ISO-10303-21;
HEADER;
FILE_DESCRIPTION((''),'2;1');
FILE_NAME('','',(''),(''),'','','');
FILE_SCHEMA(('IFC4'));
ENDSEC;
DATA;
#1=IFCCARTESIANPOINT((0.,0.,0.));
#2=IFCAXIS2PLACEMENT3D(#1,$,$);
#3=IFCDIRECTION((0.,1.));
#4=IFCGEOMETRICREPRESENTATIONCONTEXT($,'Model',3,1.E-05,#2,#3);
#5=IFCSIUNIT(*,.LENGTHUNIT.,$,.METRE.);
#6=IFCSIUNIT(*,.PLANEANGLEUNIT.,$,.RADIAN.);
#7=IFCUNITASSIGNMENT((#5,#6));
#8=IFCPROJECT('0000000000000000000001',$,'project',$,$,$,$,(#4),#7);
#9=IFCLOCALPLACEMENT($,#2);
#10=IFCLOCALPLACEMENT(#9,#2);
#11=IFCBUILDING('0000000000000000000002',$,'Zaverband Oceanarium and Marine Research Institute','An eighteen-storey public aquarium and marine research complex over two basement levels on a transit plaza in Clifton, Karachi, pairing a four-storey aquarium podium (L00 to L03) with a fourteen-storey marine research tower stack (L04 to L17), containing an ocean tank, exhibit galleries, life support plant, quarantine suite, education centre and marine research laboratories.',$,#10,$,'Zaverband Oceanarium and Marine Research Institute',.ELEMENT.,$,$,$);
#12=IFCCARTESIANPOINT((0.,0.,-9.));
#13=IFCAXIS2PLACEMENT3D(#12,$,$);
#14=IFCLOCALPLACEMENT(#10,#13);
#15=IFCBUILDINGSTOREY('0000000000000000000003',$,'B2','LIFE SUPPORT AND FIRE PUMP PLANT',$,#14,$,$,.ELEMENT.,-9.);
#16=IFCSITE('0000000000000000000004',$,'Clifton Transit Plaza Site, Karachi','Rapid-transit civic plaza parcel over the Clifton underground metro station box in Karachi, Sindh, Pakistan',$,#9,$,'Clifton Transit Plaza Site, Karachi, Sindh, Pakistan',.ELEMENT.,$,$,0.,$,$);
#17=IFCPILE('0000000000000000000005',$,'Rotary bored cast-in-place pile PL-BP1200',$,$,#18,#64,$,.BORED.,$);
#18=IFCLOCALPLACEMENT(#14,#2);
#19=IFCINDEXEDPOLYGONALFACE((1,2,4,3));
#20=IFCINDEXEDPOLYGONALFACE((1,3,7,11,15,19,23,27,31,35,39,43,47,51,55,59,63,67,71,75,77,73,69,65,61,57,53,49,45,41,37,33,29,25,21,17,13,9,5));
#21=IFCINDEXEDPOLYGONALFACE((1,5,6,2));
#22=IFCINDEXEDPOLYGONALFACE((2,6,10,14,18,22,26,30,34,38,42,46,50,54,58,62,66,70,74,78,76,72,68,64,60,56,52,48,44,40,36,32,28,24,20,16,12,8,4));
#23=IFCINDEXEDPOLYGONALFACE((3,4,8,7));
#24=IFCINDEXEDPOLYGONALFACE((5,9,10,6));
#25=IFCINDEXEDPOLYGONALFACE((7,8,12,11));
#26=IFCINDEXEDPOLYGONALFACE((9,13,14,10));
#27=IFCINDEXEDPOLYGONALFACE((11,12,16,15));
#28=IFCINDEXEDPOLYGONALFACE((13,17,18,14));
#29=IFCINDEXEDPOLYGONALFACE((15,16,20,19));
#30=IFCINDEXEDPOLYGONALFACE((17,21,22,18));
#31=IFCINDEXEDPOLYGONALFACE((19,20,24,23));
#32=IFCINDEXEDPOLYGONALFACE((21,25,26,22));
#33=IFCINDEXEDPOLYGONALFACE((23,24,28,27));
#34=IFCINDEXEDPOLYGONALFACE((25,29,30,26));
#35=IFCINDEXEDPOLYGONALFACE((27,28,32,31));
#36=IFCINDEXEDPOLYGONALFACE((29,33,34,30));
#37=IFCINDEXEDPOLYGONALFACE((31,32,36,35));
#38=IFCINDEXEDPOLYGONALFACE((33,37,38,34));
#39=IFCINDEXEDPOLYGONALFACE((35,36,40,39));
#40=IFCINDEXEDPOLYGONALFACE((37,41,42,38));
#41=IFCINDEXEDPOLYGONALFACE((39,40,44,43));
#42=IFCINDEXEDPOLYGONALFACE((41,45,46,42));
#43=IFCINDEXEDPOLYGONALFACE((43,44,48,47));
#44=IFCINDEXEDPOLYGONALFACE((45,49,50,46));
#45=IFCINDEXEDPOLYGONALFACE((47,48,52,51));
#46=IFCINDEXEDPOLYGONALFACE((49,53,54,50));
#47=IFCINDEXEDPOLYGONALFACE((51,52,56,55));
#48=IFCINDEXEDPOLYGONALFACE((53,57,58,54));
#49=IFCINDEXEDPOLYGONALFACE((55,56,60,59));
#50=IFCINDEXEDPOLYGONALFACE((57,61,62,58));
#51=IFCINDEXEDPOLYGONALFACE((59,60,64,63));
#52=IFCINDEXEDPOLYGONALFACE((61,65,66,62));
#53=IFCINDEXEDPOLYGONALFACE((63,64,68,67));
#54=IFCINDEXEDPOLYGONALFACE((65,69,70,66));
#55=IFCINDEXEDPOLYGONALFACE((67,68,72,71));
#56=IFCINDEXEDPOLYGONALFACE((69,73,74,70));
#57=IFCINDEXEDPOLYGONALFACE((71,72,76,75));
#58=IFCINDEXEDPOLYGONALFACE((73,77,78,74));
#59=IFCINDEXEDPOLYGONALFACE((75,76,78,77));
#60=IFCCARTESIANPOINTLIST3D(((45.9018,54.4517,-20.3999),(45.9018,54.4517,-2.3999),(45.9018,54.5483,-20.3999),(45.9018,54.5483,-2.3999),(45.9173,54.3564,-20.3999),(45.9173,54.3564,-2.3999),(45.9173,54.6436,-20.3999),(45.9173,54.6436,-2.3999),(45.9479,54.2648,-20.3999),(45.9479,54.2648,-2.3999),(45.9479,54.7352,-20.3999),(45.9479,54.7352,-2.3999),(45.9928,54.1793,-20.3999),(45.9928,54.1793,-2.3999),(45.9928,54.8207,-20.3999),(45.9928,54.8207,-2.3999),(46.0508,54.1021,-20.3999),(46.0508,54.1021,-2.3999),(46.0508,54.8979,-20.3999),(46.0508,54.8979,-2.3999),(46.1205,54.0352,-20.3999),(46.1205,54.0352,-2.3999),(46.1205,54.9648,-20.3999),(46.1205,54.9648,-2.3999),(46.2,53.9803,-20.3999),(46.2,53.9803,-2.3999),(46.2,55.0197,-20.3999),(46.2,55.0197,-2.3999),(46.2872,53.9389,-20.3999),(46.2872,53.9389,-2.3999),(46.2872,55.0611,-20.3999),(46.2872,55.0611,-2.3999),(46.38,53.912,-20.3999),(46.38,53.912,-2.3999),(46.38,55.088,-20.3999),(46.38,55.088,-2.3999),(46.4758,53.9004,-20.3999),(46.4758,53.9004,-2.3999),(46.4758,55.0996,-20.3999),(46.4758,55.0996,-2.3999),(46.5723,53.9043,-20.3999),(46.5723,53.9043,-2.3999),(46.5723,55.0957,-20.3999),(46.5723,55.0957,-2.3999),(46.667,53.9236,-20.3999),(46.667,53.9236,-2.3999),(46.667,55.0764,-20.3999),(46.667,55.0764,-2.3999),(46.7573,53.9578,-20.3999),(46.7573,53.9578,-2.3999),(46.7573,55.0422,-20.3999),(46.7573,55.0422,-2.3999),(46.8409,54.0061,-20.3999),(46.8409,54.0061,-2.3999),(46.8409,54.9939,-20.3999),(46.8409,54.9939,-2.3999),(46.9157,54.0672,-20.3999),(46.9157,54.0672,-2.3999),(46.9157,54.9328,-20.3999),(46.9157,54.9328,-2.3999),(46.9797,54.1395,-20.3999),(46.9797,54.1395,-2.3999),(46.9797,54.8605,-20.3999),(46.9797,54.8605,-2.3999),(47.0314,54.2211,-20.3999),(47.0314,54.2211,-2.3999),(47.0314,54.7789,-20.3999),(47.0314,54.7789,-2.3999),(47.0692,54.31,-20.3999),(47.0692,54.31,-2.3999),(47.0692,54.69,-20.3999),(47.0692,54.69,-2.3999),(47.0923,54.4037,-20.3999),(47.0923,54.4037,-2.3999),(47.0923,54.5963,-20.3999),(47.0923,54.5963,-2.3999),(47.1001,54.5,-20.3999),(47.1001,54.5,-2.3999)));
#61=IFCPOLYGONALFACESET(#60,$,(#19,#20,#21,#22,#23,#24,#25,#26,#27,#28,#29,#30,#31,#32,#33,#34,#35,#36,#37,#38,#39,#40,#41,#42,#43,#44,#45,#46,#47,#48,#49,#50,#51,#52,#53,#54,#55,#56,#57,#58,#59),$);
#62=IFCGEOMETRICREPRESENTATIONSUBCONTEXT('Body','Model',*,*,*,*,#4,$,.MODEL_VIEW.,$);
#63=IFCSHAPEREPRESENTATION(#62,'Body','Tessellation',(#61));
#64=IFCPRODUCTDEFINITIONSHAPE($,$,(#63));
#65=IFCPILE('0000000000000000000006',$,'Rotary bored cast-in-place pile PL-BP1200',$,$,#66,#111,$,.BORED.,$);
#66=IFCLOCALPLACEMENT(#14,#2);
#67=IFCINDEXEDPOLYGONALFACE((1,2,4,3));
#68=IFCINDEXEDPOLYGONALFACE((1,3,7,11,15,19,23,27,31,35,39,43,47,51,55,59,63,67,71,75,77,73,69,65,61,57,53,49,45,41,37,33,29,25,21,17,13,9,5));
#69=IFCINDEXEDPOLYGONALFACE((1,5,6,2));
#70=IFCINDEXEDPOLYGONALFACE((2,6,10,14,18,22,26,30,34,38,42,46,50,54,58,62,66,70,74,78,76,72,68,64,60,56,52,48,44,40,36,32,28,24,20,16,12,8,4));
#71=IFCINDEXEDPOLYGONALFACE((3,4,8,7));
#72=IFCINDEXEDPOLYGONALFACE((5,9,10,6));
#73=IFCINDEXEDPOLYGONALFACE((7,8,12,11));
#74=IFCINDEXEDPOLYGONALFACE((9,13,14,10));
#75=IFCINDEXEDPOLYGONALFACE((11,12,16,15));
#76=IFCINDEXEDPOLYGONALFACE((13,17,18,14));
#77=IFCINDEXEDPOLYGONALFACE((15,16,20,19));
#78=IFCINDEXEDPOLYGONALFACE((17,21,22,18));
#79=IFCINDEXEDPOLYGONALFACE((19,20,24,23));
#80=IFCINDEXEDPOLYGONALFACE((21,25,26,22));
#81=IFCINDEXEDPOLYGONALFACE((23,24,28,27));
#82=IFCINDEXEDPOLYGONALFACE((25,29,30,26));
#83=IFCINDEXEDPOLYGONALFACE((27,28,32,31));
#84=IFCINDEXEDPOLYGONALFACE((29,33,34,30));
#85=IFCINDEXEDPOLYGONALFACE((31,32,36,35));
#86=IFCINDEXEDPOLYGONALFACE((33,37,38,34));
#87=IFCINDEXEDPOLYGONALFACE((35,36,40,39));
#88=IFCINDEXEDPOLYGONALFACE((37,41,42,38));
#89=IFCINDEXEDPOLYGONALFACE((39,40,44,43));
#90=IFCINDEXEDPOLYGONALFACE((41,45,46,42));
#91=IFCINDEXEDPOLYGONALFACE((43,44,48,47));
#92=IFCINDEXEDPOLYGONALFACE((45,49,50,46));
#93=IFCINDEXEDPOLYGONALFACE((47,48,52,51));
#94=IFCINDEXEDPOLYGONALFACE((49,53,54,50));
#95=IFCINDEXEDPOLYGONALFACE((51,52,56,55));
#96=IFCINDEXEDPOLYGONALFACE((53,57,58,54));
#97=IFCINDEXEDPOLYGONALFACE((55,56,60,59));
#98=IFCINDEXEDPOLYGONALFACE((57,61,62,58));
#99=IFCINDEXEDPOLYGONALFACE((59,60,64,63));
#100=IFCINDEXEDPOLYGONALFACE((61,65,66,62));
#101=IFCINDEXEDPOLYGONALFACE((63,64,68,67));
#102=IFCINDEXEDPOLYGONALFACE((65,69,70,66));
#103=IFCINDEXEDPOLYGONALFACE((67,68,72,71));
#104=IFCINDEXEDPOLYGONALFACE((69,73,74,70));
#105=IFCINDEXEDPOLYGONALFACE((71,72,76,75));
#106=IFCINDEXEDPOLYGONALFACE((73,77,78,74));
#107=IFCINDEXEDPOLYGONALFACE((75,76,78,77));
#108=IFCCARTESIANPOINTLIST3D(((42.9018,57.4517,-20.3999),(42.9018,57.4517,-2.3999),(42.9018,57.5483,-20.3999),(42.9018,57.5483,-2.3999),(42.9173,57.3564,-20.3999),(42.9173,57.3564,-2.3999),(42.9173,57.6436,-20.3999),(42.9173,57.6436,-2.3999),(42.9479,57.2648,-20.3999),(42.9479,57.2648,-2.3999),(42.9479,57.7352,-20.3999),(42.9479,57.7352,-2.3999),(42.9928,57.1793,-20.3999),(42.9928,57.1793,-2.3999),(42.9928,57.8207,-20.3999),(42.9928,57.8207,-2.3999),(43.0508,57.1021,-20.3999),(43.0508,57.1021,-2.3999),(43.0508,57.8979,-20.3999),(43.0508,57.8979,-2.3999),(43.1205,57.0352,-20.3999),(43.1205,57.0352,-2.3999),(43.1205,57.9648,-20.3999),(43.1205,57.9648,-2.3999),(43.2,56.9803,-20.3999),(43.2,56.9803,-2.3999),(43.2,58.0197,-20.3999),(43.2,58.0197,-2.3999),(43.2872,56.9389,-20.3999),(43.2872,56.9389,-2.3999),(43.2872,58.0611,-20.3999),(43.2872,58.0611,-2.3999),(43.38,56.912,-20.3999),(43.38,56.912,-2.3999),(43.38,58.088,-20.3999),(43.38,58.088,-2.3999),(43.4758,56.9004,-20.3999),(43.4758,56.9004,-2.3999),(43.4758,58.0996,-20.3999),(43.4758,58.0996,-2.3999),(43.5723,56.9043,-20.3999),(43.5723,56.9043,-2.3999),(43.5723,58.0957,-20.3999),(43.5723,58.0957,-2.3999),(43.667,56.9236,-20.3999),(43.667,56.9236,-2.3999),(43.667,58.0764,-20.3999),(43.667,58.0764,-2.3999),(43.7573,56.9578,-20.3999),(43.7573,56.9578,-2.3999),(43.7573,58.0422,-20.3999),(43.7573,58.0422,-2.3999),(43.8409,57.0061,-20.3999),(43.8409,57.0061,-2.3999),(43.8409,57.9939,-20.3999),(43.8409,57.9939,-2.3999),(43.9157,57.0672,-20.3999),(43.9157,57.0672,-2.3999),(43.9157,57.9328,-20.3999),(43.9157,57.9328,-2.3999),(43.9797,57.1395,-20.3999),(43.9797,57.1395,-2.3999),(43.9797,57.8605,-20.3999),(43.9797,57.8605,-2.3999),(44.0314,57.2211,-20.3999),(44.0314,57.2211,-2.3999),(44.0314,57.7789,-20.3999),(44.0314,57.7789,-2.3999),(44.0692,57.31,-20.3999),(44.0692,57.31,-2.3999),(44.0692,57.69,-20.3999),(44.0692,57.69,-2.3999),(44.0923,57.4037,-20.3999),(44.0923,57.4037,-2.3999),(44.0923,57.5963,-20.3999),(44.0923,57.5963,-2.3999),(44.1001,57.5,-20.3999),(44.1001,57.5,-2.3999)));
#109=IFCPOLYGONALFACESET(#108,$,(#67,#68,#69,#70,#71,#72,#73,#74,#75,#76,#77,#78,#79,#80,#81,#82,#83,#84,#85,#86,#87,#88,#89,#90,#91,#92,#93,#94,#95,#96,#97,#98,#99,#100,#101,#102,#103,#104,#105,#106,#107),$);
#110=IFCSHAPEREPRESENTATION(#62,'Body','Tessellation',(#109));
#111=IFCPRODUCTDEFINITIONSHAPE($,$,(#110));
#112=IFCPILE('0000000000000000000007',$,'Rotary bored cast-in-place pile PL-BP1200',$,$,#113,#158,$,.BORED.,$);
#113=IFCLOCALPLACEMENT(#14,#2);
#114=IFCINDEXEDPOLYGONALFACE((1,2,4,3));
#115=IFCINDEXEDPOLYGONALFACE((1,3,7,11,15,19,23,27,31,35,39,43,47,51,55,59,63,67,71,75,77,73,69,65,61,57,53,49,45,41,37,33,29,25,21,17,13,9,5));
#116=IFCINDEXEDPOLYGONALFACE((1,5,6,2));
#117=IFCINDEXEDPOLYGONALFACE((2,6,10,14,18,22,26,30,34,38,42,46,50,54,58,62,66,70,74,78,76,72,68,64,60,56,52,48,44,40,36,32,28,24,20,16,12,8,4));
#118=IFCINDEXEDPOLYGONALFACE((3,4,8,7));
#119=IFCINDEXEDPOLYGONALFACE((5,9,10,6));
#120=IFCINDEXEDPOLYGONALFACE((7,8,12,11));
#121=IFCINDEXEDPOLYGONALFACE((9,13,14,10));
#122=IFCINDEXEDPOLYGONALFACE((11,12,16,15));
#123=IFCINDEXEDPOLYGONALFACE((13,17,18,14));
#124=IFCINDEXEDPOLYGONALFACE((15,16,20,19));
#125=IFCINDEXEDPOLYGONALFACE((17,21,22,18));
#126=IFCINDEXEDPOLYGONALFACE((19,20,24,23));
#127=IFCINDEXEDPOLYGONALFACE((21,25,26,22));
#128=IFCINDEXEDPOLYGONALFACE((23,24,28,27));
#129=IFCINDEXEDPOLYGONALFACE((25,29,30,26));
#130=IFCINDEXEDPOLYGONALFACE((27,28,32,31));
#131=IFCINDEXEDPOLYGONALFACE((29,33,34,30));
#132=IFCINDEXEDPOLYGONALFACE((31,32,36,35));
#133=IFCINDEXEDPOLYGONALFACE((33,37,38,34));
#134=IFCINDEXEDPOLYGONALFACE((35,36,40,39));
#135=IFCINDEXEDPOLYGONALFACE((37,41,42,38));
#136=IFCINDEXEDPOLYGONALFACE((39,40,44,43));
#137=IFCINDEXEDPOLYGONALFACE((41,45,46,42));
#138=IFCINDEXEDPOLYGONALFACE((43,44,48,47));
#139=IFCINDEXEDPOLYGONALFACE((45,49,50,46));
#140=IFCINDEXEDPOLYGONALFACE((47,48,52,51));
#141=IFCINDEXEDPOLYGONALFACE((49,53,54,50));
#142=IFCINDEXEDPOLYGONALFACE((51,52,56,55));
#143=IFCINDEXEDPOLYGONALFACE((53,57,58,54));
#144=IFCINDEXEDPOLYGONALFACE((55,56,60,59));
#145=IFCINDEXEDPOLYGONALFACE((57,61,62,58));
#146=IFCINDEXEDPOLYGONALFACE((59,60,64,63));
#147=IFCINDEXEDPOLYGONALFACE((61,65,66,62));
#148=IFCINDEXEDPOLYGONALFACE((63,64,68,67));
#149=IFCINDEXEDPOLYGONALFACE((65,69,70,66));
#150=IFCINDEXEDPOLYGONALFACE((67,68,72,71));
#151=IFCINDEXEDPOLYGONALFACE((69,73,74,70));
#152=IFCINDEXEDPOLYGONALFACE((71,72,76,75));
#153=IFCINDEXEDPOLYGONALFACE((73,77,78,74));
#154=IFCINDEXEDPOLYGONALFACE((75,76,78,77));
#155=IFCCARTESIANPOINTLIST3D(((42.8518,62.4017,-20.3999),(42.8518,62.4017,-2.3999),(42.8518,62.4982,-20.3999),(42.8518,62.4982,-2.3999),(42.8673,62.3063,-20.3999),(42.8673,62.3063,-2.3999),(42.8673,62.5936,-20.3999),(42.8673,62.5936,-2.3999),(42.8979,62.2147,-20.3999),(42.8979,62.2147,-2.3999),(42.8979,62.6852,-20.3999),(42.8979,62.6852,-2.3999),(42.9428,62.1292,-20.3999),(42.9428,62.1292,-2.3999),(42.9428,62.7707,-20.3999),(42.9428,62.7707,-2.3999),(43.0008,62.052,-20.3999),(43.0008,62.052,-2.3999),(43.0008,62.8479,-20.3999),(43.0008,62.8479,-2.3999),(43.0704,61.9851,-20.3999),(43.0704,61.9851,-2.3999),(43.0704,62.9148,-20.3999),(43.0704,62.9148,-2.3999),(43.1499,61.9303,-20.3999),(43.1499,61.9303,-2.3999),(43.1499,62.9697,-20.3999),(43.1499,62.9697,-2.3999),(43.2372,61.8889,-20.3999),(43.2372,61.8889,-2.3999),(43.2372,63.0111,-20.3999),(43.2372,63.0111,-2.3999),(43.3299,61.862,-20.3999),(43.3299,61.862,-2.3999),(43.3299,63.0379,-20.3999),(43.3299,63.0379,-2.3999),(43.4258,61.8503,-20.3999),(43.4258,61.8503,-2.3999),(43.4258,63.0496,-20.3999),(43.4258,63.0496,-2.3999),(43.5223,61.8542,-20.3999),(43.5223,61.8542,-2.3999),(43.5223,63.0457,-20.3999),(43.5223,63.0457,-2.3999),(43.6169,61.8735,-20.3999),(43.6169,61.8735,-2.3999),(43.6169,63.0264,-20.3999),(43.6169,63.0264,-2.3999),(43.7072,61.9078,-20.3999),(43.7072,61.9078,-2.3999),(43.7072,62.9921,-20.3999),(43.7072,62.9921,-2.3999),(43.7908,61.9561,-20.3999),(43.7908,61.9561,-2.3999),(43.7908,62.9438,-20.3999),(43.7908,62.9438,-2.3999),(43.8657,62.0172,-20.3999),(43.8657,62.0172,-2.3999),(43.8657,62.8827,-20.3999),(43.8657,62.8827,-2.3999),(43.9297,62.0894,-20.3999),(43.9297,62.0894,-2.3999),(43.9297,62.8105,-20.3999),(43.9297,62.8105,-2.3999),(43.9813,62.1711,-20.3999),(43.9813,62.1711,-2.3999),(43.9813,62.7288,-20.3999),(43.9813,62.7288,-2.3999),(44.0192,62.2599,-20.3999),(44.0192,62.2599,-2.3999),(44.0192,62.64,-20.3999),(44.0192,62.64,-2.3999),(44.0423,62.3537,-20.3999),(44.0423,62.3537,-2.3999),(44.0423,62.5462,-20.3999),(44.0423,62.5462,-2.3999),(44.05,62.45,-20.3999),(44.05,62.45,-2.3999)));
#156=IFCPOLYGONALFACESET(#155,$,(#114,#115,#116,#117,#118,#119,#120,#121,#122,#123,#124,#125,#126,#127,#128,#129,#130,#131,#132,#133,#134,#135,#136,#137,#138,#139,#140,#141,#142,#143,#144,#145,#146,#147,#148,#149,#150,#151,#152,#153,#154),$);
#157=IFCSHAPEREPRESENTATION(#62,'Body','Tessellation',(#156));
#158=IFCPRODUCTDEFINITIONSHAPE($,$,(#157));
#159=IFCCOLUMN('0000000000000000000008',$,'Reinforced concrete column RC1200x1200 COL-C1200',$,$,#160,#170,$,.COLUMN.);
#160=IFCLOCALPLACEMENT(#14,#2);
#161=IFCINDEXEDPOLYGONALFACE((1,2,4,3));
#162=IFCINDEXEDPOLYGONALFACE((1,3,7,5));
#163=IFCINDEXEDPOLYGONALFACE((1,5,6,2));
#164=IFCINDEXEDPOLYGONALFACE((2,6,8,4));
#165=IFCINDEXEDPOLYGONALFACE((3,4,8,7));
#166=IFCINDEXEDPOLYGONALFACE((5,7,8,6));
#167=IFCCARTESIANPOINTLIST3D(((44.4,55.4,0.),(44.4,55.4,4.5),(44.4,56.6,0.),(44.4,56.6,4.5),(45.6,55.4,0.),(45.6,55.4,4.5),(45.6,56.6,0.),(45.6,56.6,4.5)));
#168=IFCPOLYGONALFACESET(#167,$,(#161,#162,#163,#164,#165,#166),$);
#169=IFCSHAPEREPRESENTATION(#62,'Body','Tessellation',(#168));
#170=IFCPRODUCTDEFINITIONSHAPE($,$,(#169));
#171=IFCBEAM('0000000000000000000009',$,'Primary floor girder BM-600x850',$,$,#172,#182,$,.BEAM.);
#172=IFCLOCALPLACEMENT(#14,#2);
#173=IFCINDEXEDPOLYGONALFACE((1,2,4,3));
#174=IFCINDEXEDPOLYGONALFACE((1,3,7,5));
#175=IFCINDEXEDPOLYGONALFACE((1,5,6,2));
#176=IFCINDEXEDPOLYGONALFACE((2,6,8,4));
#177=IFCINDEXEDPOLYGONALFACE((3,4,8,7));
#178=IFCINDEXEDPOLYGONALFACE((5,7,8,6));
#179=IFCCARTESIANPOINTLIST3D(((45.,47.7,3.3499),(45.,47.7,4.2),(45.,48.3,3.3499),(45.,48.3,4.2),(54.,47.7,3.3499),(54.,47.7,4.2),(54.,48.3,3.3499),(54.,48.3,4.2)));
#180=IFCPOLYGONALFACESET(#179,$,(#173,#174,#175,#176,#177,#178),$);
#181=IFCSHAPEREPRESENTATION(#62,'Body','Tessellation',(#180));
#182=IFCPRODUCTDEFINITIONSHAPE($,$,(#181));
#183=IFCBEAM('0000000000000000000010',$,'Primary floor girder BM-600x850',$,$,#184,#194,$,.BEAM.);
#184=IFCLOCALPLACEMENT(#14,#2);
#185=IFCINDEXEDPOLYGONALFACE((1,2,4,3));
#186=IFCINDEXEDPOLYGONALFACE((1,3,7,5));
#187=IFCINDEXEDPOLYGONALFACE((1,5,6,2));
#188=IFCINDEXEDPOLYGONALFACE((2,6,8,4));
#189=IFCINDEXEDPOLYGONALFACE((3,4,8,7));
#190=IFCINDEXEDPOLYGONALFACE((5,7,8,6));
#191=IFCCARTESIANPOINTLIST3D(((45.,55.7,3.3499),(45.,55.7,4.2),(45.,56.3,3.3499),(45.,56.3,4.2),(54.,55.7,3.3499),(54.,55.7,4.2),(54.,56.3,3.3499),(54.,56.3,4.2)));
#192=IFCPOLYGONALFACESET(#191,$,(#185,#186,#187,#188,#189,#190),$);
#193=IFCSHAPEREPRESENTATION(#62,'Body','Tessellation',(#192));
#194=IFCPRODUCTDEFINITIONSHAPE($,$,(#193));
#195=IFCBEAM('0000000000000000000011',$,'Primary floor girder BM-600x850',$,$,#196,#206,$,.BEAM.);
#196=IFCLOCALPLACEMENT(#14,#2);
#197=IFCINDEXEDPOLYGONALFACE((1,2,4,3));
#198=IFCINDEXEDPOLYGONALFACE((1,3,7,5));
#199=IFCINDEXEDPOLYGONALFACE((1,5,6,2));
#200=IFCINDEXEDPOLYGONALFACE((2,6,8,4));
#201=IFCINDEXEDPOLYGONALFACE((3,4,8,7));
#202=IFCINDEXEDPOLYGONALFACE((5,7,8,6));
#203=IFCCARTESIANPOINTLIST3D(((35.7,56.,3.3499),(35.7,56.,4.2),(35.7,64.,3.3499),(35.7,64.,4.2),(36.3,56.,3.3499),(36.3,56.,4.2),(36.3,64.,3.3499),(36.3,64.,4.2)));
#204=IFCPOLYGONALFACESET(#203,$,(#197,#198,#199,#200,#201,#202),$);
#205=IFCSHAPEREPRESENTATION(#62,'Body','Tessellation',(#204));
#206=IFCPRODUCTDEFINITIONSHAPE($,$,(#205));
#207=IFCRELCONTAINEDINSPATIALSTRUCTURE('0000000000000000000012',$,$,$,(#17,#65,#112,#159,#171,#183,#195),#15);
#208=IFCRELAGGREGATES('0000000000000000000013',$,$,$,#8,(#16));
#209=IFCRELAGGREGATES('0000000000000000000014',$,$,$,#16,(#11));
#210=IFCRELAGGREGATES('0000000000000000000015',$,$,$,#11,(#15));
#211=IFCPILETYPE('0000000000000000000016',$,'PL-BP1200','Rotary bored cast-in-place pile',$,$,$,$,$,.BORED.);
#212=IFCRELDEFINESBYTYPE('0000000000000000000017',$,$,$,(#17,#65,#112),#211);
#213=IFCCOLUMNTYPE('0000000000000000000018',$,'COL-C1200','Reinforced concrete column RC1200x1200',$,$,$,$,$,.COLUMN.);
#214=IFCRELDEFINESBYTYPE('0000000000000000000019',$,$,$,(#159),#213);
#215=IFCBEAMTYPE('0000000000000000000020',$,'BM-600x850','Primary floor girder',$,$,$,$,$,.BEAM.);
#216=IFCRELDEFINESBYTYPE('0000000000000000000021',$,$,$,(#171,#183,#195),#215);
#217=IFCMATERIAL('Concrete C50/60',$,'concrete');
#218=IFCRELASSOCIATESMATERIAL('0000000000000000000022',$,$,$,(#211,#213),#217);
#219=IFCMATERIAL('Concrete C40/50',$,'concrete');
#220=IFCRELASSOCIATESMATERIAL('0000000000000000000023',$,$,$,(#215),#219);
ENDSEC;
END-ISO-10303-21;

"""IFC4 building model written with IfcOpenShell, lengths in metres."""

from ifc_helpers import new_model, si_unit, direction, frame, origin, origin_2d, place, context, subcontext, project, spatial, rectangle, circle, extrude, material, material_profile, profile_set, type_object, element, save


model = new_model("IFC4")

# Units and contexts
model_context = context("Model", 3, precision=1e-05, world=origin(), true_north=direction((0.0, 1.0)))
body_context = subcontext(model_context, "Body", "Model", "MODEL_VIEW")
ifc_project = project(units=[si_unit("LENGTHUNIT", "METRE"), si_unit("PLANEANGLEUNIT", "RADIAN")], contexts=[model_context])

# Site, building, storey
site_placement = place(None, origin())
site = spatial("IfcSite", under=ifc_project, at=site_placement, Name="Clifton Transit Plaza Site, Karachi", Description="Rapid-transit civic plaza parcel over the Clifton underground metro station box in Karachi, Sindh, Pakistan", LongName="Clifton Transit Plaza Site, Karachi, Sindh, Pakistan", CompositionType="ELEMENT", RefElevation=0.0)
building_placement = place(site_placement, origin())
building = spatial("IfcBuilding", under=site, at=building_placement, Name="Zaverband Oceanarium and Marine Research Institute", Description="An eighteen-storey public aquarium and marine research complex over two basement levels on a transit plaza in Clifton, Karachi, pairing a four-storey aquarium podium (L00 to L03) with a fourteen-storey marine research tower stack (L04 to L17), containing an ocean tank, exhibit galleries, life support plant, quarantine suite, education centre and marine research laboratories.", LongName="Zaverband Oceanarium and Marine Research Institute", CompositionType="ELEMENT")
storey_placement = place(building_placement, frame((0.0, 0.0, -9.0)))
storey = spatial("IfcBuildingStorey", under=building, at=storey_placement, Name="B2", Description="LIFE SUPPORT AND FIRE PUMP PLANT", CompositionType="ELEMENT", Elevation=-9.0)

# Shared definitions
ifc_material_1 = material(Name="Concrete C50/60", Category="concrete")

# Piles
ifc_material_profile_1 = material_profile(ifc_material_1, circle(Radius=0.6001, at=origin_2d()), Name="BP1200")
ifc_profile_set_1 = profile_set([ifc_material_profile_1], Name="Concrete C50/60")
pile_type = type_object("IfcPileType", Name="PL-BP1200", Description="Rotary bored cast-in-place pile", PredefinedType="BORED", material=ifc_profile_set_1)
for number, where, z_axis, x_axis, name in (
    (1, (46.5, 54.5, -2.3999), (0.0, 0.0, -1.0), (1.0, 0.0, 0.0), "Rotary bored cast-in-place pile PL-BP1200"),
    (2, (43.5, 57.5, -2.3999), (0.0, 0.0, -1.0), (1.0, 0.0, 0.0), "Rotary bored cast-in-place pile PL-BP1200"),
    (3, (43.45, 62.45, -2.3999), (0.0, 0.0, -1.0), (1.0, 0.0, 0.0), "Rotary bored cast-in-place pile PL-BP1200"),
):
    element("IfcPile", number, at=place(storey_placement, frame(where, z_axis=z_axis, x_axis=x_axis)), inside=storey, type_object=pile_type, Name=name, PredefinedType="BORED", context=body_context, shape_type="SweptSolid", body=[
        extrude(circle(Radius=0.6001, at=origin_2d()), origin(), (0.0, 0.0, 1.0), 18.0),
    ])

# Column
ifc_material_profile_2 = material_profile(ifc_material_1, rectangle(XDim=1.2, YDim=1.2, at=origin_2d()), Name="RC1200x1200")
ifc_profile_set_2 = profile_set([ifc_material_profile_2], Name="Concrete C50/60")
column_type = type_object("IfcColumnType", Name="COL-C1200", Description="Reinforced concrete column RC1200x1200", PredefinedType="COLUMN", material=ifc_profile_set_2)
column_placement = place(storey_placement, frame((45.0, 56.0, 0.0), z_axis=(0.0, 0.0, 1.0), x_axis=(1.0, 0.0, 0.0)))
element("IfcColumn", 4, at=column_placement, inside=storey, type_object=column_type, Name="Reinforced concrete column RC1200x1200 COL-C1200", PredefinedType="COLUMN", context=body_context, shape_type="SweptSolid", body=[
    extrude(rectangle(XDim=1.2, YDim=1.2, at=origin_2d()), origin(), (0.0, 0.0, 1.0), 4.5),
])

# Beams
ifc_material_2 = material(Name="Concrete C40/50", Category="concrete")
ifc_material_profile_3 = material_profile(ifc_material_2, rectangle(XDim=0.6001, YDim=0.8501, at=origin_2d()), Name="RC600x850")
ifc_profile_set_3 = profile_set([ifc_material_profile_3], Name="Concrete C40/50")
beam_type_1 = type_object("IfcBeamType", Name="BM-600x850", Description="Primary floor girder", PredefinedType="BEAM", material=ifc_profile_set_3)
for number, where, z_axis, x_axis, name in (
    (5, (45.0, 48.0, 3.7749), (1.0, 0.0, 0.0), (0.0, 1.0, 0.0), "Primary floor girder BM-600x850"),
    (6, (45.0, 56.0, 3.7749), (1.0, 0.0, 0.0), (0.0, 1.0, 0.0), "Primary floor girder BM-600x850"),
):
    element("IfcBeam", number, at=place(storey_placement, frame(where, z_axis=z_axis, x_axis=x_axis)), inside=storey, type_object=beam_type_1, Name=name, PredefinedType="BEAM", context=body_context, shape_type="SweptSolid", body=[
        extrude(rectangle(XDim=0.6001, YDim=0.8501, at=origin_2d()), origin(), (0.0, 0.0, 1.0), 9.0),
    ])
for number, where, z_axis, x_axis, name in (
    (7, (36.0, 56.0, 3.7749), (0.0, 1.0, 0.0), (-1.0, 0.0, 0.0), "Primary floor girder BM-600x850"),
):
    element("IfcBeam", number, at=place(storey_placement, frame(where, z_axis=z_axis, x_axis=x_axis)), inside=storey, type_object=beam_type_1, Name=name, PredefinedType="BEAM", context=body_context, shape_type="SweptSolid", body=[
        extrude(rectangle(XDim=0.6001, YDim=0.8501, at=origin_2d()), origin(), (0.0, 0.0, 1.0), 8.0),
    ])

save(model, "model.ifc")
